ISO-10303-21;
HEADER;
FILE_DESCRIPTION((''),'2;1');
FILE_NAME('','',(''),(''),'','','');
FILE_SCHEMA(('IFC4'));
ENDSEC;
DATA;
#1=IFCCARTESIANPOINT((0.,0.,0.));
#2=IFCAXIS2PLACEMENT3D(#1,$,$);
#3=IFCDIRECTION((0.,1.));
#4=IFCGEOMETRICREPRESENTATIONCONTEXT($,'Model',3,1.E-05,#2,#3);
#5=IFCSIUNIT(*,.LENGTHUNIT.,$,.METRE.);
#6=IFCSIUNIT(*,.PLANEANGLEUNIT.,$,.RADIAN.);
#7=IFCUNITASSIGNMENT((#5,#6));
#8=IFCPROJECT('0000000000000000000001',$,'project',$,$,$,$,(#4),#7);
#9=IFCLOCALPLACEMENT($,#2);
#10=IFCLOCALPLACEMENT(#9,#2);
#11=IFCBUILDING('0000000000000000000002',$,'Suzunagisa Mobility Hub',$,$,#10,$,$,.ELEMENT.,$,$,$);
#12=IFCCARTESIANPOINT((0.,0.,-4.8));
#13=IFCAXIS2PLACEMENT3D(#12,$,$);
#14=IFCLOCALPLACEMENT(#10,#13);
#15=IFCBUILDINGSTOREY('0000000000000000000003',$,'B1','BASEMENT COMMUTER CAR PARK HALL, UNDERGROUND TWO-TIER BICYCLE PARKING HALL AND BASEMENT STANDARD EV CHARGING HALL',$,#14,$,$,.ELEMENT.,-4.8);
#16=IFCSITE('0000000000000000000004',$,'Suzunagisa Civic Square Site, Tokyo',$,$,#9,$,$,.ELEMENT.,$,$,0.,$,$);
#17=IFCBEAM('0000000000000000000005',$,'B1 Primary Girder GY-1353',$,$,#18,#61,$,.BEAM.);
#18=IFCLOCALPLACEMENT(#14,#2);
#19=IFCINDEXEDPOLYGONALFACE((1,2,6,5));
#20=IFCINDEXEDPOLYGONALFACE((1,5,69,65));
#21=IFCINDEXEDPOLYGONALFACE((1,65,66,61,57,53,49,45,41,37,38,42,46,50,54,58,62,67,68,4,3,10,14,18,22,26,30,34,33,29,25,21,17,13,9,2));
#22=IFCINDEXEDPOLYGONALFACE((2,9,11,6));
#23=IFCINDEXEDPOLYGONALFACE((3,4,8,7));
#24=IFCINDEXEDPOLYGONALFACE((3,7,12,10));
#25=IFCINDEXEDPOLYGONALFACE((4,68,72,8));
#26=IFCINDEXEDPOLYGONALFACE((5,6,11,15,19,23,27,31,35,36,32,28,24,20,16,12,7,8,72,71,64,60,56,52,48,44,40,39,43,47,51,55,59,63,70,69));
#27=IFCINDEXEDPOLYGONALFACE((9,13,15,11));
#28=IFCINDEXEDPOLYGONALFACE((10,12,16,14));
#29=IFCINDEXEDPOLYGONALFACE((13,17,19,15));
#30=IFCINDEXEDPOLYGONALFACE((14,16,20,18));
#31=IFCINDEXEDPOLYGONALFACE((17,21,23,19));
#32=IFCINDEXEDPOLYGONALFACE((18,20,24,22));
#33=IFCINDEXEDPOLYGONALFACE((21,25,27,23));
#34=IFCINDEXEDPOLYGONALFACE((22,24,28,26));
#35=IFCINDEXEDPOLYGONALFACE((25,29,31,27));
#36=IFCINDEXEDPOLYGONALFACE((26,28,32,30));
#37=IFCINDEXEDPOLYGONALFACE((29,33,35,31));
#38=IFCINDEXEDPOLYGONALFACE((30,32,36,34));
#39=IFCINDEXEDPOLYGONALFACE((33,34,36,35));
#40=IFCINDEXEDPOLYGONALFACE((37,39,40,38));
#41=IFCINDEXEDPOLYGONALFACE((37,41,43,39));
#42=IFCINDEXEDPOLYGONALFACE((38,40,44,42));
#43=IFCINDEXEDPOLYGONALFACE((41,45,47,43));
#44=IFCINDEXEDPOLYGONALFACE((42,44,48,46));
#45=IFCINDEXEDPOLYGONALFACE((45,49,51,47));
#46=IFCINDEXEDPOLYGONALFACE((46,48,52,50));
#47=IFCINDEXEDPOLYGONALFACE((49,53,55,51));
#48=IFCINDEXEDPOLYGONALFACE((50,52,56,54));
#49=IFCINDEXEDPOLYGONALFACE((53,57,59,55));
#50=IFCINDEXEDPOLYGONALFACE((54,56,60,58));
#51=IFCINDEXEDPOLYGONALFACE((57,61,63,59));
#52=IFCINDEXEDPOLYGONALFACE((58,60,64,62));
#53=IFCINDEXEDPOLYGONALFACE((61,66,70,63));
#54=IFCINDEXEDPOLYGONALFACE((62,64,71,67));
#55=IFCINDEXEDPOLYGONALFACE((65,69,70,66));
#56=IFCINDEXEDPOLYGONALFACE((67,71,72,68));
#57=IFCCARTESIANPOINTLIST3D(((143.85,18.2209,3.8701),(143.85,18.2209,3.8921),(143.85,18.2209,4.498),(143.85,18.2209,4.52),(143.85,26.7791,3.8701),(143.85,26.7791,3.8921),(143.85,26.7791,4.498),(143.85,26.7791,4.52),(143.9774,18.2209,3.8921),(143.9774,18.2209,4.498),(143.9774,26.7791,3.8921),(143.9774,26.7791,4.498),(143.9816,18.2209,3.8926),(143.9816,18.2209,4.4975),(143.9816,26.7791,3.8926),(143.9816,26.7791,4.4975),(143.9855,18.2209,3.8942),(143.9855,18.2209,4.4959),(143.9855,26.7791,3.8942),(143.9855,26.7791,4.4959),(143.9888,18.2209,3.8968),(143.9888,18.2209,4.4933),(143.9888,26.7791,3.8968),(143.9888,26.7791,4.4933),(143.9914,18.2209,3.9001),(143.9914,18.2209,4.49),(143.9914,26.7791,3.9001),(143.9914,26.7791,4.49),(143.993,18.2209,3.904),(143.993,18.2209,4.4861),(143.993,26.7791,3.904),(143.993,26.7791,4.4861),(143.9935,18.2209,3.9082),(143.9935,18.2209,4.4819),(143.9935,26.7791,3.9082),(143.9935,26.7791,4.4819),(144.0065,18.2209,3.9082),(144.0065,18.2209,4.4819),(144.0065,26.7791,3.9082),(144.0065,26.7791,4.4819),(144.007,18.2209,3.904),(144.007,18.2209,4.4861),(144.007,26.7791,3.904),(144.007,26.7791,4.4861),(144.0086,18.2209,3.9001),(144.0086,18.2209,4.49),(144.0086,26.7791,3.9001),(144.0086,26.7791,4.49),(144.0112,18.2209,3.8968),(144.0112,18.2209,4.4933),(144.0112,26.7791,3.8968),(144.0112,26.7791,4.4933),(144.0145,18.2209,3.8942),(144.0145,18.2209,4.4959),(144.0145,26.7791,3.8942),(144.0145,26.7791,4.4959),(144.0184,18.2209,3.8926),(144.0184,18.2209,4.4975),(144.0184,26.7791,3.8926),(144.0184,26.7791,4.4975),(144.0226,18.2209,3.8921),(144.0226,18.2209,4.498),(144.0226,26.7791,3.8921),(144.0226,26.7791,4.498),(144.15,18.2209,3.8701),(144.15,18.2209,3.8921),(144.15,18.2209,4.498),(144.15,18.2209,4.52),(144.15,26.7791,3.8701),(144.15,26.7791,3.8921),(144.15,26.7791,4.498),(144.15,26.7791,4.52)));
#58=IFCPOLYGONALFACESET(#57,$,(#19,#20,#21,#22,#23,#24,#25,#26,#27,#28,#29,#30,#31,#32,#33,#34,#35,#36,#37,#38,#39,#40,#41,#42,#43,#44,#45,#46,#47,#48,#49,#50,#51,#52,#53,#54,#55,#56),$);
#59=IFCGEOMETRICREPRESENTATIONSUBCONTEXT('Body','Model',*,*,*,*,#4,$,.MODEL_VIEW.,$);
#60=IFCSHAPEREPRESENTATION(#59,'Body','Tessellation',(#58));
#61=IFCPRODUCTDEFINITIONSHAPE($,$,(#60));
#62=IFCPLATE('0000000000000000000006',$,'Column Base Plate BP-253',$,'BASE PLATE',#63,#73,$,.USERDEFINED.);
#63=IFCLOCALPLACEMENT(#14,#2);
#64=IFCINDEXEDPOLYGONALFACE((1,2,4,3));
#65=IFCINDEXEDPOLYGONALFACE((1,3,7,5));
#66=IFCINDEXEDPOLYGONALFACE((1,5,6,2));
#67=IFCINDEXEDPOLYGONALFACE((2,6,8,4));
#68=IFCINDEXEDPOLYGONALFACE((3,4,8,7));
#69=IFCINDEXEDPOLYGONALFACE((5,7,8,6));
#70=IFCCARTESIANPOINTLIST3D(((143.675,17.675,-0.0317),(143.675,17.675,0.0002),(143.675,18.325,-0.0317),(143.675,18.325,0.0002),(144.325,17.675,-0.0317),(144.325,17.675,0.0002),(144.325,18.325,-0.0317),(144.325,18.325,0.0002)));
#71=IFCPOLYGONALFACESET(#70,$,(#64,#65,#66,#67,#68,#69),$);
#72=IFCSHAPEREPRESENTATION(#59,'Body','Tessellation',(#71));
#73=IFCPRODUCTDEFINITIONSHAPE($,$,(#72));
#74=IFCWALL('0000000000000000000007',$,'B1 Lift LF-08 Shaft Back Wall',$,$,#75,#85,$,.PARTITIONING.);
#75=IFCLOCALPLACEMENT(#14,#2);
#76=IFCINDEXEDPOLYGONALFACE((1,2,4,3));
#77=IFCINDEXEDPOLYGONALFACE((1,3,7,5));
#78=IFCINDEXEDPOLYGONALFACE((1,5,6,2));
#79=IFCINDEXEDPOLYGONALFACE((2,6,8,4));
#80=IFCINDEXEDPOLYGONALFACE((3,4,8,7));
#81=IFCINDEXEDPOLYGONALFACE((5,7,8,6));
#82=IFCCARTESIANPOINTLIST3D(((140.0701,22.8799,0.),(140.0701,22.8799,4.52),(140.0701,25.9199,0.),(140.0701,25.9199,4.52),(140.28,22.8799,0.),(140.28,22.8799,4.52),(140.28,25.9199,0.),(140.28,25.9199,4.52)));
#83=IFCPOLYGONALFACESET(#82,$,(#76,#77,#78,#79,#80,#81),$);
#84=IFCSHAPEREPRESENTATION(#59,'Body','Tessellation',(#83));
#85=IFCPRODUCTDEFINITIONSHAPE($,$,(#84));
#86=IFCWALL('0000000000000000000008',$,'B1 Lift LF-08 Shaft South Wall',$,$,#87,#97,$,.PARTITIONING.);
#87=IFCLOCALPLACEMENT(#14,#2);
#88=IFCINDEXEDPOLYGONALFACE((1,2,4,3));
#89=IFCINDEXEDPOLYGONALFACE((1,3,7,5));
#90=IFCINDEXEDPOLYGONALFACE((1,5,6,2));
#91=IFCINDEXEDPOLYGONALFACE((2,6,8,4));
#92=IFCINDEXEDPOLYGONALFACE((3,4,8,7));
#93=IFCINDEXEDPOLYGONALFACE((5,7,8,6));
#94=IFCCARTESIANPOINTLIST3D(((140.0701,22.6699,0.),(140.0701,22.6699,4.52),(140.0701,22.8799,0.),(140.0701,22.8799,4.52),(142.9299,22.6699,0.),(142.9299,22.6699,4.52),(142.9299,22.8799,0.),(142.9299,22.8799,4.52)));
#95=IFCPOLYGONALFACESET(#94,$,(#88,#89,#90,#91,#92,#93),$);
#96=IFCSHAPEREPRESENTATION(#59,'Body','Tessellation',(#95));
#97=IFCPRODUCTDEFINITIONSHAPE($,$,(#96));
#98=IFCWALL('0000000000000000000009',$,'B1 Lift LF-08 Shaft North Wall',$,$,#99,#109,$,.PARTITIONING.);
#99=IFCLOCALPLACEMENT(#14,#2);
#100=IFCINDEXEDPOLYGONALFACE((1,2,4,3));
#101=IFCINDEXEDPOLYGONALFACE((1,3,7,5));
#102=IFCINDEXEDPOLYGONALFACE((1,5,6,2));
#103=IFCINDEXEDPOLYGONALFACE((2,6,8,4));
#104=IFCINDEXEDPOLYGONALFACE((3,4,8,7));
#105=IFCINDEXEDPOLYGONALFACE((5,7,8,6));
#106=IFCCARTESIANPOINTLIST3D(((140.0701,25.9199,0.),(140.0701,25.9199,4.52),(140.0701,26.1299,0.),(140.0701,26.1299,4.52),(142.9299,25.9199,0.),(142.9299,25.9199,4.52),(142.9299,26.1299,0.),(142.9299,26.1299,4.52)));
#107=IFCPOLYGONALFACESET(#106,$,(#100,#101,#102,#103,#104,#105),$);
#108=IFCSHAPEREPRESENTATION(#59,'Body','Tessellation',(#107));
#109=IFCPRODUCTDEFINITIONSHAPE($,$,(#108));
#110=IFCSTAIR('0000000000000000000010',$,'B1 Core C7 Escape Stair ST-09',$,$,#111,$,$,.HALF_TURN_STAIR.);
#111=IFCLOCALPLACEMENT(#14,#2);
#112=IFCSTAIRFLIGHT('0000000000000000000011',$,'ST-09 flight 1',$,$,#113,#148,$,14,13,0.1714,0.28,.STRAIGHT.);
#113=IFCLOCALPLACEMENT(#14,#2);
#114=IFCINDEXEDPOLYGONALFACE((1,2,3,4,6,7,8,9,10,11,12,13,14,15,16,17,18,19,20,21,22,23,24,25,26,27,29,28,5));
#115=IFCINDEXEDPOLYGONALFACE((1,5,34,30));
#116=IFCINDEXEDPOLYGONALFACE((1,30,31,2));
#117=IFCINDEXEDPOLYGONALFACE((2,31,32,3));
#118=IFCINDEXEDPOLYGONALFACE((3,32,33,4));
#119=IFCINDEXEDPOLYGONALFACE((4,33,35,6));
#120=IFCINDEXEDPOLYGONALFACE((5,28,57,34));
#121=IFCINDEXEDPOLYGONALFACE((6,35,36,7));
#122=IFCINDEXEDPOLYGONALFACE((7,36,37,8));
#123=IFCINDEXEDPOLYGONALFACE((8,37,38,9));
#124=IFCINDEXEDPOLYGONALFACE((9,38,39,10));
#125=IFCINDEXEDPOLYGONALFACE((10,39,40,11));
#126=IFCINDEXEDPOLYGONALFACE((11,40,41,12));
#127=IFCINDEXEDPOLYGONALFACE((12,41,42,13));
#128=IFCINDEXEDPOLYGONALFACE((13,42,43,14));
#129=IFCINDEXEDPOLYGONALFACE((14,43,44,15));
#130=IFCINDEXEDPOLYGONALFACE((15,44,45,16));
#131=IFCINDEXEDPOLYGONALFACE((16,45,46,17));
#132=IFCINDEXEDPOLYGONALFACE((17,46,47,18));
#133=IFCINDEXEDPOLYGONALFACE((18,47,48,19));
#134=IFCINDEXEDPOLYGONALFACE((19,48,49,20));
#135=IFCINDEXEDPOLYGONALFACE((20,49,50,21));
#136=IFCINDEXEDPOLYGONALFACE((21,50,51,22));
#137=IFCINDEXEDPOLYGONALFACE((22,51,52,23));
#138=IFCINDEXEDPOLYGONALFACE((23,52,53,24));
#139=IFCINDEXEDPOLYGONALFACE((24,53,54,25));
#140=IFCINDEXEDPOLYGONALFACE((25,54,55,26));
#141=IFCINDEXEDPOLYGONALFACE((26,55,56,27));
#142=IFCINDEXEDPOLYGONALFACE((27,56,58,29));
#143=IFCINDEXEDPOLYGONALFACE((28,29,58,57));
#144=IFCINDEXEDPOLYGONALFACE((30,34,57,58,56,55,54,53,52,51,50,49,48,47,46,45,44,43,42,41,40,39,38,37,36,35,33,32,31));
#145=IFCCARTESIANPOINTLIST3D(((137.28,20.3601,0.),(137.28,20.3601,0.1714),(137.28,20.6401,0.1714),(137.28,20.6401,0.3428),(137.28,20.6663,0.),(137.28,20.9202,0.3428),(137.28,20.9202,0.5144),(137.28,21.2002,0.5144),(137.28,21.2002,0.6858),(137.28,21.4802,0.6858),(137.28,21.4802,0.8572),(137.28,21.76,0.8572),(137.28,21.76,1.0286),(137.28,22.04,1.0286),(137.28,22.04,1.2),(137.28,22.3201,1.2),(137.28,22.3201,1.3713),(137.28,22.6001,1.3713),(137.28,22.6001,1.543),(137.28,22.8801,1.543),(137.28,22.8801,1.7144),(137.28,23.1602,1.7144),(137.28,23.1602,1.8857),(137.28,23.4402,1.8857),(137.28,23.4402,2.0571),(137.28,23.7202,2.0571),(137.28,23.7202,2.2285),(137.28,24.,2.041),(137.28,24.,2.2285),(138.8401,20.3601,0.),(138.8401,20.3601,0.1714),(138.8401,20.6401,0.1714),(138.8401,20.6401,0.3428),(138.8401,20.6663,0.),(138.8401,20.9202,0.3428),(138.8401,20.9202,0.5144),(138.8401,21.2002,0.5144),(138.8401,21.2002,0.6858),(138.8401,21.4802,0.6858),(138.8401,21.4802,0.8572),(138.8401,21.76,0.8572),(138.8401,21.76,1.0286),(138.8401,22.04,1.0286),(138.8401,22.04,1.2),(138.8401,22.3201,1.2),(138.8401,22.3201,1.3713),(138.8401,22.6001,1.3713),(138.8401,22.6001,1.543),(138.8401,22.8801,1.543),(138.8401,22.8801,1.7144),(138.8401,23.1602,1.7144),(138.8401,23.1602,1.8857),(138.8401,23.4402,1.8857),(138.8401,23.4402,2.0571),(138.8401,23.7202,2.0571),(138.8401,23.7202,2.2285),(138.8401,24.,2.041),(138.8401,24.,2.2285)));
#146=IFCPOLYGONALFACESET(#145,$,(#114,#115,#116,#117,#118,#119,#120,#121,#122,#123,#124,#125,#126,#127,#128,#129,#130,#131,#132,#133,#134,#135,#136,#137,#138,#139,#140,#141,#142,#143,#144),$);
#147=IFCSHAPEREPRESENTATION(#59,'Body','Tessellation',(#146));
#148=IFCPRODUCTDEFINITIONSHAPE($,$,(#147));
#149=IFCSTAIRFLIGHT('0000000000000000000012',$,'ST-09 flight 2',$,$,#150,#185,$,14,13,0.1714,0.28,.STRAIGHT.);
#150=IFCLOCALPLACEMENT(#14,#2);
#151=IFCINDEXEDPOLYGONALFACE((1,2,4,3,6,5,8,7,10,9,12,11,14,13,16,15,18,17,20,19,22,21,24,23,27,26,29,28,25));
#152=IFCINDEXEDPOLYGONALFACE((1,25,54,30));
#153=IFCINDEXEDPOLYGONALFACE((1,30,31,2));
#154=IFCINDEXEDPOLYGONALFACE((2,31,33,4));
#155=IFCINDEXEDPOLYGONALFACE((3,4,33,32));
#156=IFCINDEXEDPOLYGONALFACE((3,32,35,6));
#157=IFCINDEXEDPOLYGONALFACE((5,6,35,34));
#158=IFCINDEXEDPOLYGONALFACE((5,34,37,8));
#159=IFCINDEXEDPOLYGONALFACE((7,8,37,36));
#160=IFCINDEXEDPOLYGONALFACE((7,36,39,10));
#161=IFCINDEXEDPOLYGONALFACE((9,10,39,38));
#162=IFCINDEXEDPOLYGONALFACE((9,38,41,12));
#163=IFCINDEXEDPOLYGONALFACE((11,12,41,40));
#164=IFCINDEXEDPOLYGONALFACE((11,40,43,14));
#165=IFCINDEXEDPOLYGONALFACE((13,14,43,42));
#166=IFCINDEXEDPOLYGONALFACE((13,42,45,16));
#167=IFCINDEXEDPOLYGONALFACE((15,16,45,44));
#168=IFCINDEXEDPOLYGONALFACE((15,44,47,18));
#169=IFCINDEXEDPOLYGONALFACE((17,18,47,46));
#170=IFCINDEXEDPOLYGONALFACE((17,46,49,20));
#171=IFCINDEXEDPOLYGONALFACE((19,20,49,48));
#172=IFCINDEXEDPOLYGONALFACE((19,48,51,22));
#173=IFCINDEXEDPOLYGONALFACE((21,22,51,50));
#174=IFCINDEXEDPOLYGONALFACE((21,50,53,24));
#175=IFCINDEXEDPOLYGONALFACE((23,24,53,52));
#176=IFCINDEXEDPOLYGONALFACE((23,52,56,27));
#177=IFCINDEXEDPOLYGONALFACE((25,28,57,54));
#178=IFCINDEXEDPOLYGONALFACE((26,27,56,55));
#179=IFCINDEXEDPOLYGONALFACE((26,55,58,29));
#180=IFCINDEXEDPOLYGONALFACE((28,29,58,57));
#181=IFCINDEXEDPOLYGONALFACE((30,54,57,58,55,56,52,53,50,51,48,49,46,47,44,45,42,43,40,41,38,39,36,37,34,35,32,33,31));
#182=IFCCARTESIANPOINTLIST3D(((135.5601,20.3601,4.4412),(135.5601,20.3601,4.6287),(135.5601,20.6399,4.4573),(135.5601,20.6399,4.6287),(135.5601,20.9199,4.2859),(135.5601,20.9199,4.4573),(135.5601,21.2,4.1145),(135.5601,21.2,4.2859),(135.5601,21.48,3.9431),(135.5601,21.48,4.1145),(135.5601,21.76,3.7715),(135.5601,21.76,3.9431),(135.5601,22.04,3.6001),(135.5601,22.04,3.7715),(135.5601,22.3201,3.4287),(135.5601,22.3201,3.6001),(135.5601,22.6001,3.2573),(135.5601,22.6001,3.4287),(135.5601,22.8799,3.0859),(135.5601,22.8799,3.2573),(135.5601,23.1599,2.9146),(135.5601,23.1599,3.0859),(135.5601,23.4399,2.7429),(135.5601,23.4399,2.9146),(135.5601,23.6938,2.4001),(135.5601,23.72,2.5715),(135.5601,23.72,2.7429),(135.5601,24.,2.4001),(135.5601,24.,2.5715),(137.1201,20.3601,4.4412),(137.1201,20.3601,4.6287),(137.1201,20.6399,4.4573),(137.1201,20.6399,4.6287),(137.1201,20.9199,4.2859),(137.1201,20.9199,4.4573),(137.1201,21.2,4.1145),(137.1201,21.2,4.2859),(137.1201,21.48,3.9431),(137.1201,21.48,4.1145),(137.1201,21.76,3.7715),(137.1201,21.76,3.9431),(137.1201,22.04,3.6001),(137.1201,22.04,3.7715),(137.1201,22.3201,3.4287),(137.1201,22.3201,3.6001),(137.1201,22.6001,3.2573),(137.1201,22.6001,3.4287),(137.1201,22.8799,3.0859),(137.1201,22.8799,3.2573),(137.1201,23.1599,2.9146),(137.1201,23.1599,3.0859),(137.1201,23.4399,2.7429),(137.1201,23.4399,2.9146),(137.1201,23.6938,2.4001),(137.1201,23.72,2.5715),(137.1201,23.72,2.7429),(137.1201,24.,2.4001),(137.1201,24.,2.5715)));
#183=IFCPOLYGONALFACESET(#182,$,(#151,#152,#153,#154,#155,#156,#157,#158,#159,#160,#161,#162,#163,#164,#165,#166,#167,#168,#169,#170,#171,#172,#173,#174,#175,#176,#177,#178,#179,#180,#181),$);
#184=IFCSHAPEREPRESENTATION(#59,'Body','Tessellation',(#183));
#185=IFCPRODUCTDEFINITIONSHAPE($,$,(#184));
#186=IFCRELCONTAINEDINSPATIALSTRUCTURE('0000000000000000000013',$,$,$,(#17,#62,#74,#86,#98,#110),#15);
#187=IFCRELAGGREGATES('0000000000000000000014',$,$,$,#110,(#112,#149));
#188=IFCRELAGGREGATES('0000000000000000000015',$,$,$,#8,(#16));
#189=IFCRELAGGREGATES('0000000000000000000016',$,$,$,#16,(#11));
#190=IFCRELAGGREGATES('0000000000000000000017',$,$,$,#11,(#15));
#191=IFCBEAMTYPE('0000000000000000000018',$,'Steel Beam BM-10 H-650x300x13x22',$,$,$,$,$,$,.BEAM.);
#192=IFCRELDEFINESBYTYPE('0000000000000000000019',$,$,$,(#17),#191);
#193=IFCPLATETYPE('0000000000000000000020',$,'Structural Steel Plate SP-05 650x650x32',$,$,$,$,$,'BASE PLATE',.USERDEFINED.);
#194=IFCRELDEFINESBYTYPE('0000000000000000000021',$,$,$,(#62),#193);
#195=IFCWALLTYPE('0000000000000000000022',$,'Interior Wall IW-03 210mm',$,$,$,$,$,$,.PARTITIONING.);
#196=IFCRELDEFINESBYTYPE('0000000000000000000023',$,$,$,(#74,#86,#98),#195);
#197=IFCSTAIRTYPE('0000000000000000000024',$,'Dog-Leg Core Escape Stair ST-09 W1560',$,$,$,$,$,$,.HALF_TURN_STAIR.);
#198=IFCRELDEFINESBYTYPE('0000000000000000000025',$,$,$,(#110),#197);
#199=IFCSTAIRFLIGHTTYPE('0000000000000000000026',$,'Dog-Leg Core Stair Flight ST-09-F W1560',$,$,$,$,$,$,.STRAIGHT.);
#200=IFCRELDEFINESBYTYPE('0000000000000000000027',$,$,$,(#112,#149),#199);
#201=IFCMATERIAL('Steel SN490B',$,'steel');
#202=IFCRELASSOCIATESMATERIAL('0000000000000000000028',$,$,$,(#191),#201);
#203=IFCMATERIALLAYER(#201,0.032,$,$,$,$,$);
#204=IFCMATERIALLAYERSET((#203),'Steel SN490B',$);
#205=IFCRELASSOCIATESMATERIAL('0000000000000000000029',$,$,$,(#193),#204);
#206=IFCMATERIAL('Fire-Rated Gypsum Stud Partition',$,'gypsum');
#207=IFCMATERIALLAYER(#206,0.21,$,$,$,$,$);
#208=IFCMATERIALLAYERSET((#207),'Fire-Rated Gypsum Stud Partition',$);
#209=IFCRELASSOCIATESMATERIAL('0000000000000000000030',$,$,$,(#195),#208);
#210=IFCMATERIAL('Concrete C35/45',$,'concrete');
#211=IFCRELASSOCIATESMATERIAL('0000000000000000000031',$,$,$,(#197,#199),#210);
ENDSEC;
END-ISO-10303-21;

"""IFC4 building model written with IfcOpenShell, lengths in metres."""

from ifc_helpers import new_model, si_unit, direction, frame, frame_2d, origin, origin_2d, place, context, subcontext, project, spatial, polyline, rectangle, i_section, outline, extrude, material, layer, layer_set, material_profile, profile_set, type_object, element, aggregate, save


model = new_model("IFC4")

# Units and contexts
model_context = context("Model", 3, precision=1e-05, world=origin(), true_north=direction((0.0, 1.0)))
body_context = subcontext(model_context, "Body", "Model", "MODEL_VIEW")
ifc_project = project(units=[si_unit("LENGTHUNIT", "METRE"), si_unit("PLANEANGLEUNIT", "RADIAN")], contexts=[model_context])

# Site, building, storey
site_placement = place(None, origin())
site = spatial("IfcSite", under=ifc_project, at=site_placement, Name="Suzunagisa Civic Square Site, Tokyo", CompositionType="ELEMENT", RefElevation=0.0)
building_placement = place(site_placement, origin())
building = spatial("IfcBuilding", under=site, at=building_placement, Name="Suzunagisa Mobility Hub", CompositionType="ELEMENT")
storey_placement = place(building_placement, frame((0.0, 0.0, -4.8)))
storey = spatial("IfcBuildingStorey", under=building, at=storey_placement, Name="B1", Description="BASEMENT COMMUTER CAR PARK HALL, UNDERGROUND TWO-TIER BICYCLE PARKING HALL AND BASEMENT STANDARD EV CHARGING HALL", CompositionType="ELEMENT", Elevation=-4.8)

# Shared definitions
ifc_material_1 = material(Name="Steel SN490B", Category="steel")

# Beam
ifc_material_profile_1 = material_profile(ifc_material_1, i_section(OverallWidth=0.3, OverallDepth=0.6499, WebThickness=0.0129, FlangeThickness=0.022, FilletRadius=0.0161, at=origin_2d()), Name="H-650x300x13x22")
ifc_profile_set_1 = profile_set([ifc_material_profile_1], Name="Steel SN490B")
beam_type_1 = type_object("IfcBeamType", Name="Steel Beam BM-10 H-650x300x13x22", PredefinedType="BEAM", material=ifc_profile_set_1)
beam_1_placement = place(storey_placement, frame((144.0, 18.2209, 4.1951), z_axis=(0.0, 1.0, 0.0), x_axis=(-1.0, 0.0, 0.0)))
element("IfcBeam", 1, at=beam_1_placement, inside=storey, type_object=beam_type_1, Name="B1 Primary Girder GY-1353", PredefinedType="BEAM", context=body_context, shape_type="SweptSolid", body=[
    extrude(i_section(OverallWidth=0.3, OverallDepth=0.6499, WebThickness=0.0129, FlangeThickness=0.022, FilletRadius=0.0161, at=origin_2d()), origin(), (0.0, 0.0, 1.0), 8.5581),
])

# Plate
ifc_layer_1 = layer(ifc_material_1, 0.032)
ifc_layer_set_1 = layer_set([ifc_layer_1], Name="Steel SN490B")
plate_type = type_object("IfcPlateType", Name="Structural Steel Plate SP-05 650x650x32", ElementType="BASE PLATE", PredefinedType="USERDEFINED", material=ifc_layer_set_1)
plate_placement = place(storey_placement, frame((144.0, 18.0, -0.0317), z_axis=(0.0, 0.0, 1.0), x_axis=(1.0, 0.0, 0.0)))
element("IfcPlate", 2, at=plate_placement, inside=storey, type_object=plate_type, Name="Column Base Plate BP-253", ObjectType="BASE PLATE", PredefinedType="USERDEFINED", context=body_context, shape_type="SweptSolid", body=[
    extrude(rectangle(XDim=0.6499, YDim=0.6499, at=origin_2d()), origin(), (0.0, 0.0, 1.0), 0.032),
])

# Shared definitions
ifc_material_2 = material(Name="Fire-Rated Gypsum Stud Partition", Category="gypsum")
ifc_layer_2 = layer(ifc_material_2, 0.21)
ifc_layer_set_2 = layer_set([ifc_layer_2], Name="Fire-Rated Gypsum Stud Partition")
wall_type_1 = type_object("IfcWallType", Name="Interior Wall IW-03 210mm", PredefinedType="PARTITIONING", material=ifc_layer_set_2)

# Walls
wall_1_placement = place(storey_placement, frame((140.175, 22.8799, 0.0), z_axis=(0.0, 0.0, 1.0), x_axis=(0.0, 1.0, 0.0)))
element("IfcWall", 3, at=wall_1_placement, inside=storey, type_object=wall_type_1, Name="B1 Lift LF-08 Shaft Back Wall", PredefinedType="PARTITIONING", context=body_context, shape_type="SweptSolid", body=[
    extrude(rectangle(XDim=3.04, YDim=0.21, at=frame_2d((1.52, 0.0))), origin(), (0.0, 0.0, 1.0), 4.52),
])
for number, where, z_axis, x_axis, name in (
    (4, (140.0701, 22.7749, 0.0), (0.0, 0.0, 1.0), (1.0, 0.0, 0.0), "B1 Lift LF-08 Shaft South Wall"),
    (5, (140.0701, 26.0249, 0.0), (0.0, 0.0, 1.0), (1.0, 0.0, 0.0), "B1 Lift LF-08 Shaft North Wall"),
):
    element("IfcWall", number, at=place(storey_placement, frame(where, z_axis=z_axis, x_axis=x_axis)), inside=storey, type_object=wall_type_1, Name=name, PredefinedType="PARTITIONING", context=body_context, shape_type="SweptSolid", body=[
        extrude(rectangle(XDim=2.8599, YDim=0.21, at=frame_2d((1.4299, 0.0))), origin(), (0.0, 0.0, 1.0), 4.52),
    ])

# Shared definitions
ifc_material_3 = material(Name="Concrete C35/45", Category="concrete")

# Stair, stair flights
stair_type = type_object("IfcStairType", Name="Dog-Leg Core Escape Stair ST-09 W1560", PredefinedType="HALF_TURN_STAIR", material=ifc_material_3)
stair_placement = place(storey_placement, origin())
stair = element("IfcStair", 6, at=stair_placement, inside=storey, type_object=stair_type, Name="B1 Core C7 Escape Stair ST-09", PredefinedType="HALF_TURN_STAIR")
stair_flight_type = type_object("IfcStairFlightType", Name="Dog-Leg Core Stair Flight ST-09-F W1560", PredefinedType="STRAIGHT", material=ifc_material_3)
stair_flight_1_placement = place(storey_placement, frame((138.0601, 20.3601, 0.0), z_axis=(0.0, 0.0, 1.0), x_axis=(0.0, 1.0, 0.0)))
stair_flight_1 = element("IfcStairFlight", 7, at=stair_flight_1_placement, type_object=stair_flight_type, Name="ST-09 flight 1", NumberOfRisers=14, NumberOfTreads=13, PredefinedType="STRAIGHT", RiserHeight=0.1714, TreadLength=0.28, context=body_context, shape_type="SweptSolid", body=[
    extrude(outline(polyline([(0.0, 0.0), (0.0, 0.1714), (0.28, 0.1714), (0.28, 0.3428), (0.5601, 0.3428), (0.5601, 0.5144), (0.8401, 0.5144), (0.8401, 0.6858), (1.1201, 0.6858), (1.1201, 0.8572), (1.3999, 0.8572), (1.3999, 1.0286), (1.6799, 1.0286), (1.6799, 1.2), (1.96, 1.2), (1.96, 1.3713), (2.24, 1.3713), (2.24, 1.543), (2.52, 1.543), (2.52, 1.7144), (2.8, 1.7144), (2.8, 1.8857), (3.0801, 1.8857), (3.0801, 2.0571), (3.3601, 2.0571), (3.3601, 2.2285), (3.6399, 2.2285), (3.6399, 2.3999), (3.6399, 2.041), (0.3062, 0.0), (0.0, 0.0)])), frame((0.0, 0.78, 0.0), z_axis=(0.0, -1.0, 0.0), x_axis=(1.0, 0.0, 0.0)), (0.0, 0.0, 1.0), 1.5601),
])
stair_flight_2_placement = place(storey_placement, frame((136.3401, 24.0, 2.4001), z_axis=(0.0, 0.0, 1.0), x_axis=(0.0, -1.0, 0.0)))
stair_flight_2 = element("IfcStairFlight", 8, at=stair_flight_2_placement, type_object=stair_flight_type, Name="ST-09 flight 2", NumberOfRisers=14, NumberOfTreads=13, PredefinedType="STRAIGHT", RiserHeight=0.1714, TreadLength=0.28, context=body_context, shape_type="SweptSolid", body=[
    extrude(outline(polyline([(0.0, 0.0), (0.0, 0.1714), (0.28, 0.1714), (0.28, 0.3428), (0.5601, 0.3428), (0.5601, 0.5144), (0.8401, 0.5144), (0.8401, 0.6858), (1.1201, 0.6858), (1.1201, 0.8572), (1.3999, 0.8572), (1.3999, 1.0286), (1.6799, 1.0286), (1.6799, 1.2), (1.96, 1.2), (1.96, 1.3713), (2.24, 1.3713), (2.24, 1.543), (2.52, 1.543), (2.52, 1.7144), (2.8, 1.7144), (2.8, 1.8857), (3.0801, 1.8857), (3.0801, 2.0571), (3.3601, 2.0571), (3.3601, 2.2285), (3.6399, 2.2285), (3.6399, 2.3999), (3.6399, 2.041), (0.3062, 0.0), (0.0, 0.0)])), frame((0.0, 0.78, 0.0), z_axis=(0.0, -1.0, 0.0), x_axis=(1.0, 0.0, 0.0)), (0.0, 0.0, 1.0), 1.5601),
])
aggregate(stair, [stair_flight_1, stair_flight_2])

save(model, "model.ifc")
